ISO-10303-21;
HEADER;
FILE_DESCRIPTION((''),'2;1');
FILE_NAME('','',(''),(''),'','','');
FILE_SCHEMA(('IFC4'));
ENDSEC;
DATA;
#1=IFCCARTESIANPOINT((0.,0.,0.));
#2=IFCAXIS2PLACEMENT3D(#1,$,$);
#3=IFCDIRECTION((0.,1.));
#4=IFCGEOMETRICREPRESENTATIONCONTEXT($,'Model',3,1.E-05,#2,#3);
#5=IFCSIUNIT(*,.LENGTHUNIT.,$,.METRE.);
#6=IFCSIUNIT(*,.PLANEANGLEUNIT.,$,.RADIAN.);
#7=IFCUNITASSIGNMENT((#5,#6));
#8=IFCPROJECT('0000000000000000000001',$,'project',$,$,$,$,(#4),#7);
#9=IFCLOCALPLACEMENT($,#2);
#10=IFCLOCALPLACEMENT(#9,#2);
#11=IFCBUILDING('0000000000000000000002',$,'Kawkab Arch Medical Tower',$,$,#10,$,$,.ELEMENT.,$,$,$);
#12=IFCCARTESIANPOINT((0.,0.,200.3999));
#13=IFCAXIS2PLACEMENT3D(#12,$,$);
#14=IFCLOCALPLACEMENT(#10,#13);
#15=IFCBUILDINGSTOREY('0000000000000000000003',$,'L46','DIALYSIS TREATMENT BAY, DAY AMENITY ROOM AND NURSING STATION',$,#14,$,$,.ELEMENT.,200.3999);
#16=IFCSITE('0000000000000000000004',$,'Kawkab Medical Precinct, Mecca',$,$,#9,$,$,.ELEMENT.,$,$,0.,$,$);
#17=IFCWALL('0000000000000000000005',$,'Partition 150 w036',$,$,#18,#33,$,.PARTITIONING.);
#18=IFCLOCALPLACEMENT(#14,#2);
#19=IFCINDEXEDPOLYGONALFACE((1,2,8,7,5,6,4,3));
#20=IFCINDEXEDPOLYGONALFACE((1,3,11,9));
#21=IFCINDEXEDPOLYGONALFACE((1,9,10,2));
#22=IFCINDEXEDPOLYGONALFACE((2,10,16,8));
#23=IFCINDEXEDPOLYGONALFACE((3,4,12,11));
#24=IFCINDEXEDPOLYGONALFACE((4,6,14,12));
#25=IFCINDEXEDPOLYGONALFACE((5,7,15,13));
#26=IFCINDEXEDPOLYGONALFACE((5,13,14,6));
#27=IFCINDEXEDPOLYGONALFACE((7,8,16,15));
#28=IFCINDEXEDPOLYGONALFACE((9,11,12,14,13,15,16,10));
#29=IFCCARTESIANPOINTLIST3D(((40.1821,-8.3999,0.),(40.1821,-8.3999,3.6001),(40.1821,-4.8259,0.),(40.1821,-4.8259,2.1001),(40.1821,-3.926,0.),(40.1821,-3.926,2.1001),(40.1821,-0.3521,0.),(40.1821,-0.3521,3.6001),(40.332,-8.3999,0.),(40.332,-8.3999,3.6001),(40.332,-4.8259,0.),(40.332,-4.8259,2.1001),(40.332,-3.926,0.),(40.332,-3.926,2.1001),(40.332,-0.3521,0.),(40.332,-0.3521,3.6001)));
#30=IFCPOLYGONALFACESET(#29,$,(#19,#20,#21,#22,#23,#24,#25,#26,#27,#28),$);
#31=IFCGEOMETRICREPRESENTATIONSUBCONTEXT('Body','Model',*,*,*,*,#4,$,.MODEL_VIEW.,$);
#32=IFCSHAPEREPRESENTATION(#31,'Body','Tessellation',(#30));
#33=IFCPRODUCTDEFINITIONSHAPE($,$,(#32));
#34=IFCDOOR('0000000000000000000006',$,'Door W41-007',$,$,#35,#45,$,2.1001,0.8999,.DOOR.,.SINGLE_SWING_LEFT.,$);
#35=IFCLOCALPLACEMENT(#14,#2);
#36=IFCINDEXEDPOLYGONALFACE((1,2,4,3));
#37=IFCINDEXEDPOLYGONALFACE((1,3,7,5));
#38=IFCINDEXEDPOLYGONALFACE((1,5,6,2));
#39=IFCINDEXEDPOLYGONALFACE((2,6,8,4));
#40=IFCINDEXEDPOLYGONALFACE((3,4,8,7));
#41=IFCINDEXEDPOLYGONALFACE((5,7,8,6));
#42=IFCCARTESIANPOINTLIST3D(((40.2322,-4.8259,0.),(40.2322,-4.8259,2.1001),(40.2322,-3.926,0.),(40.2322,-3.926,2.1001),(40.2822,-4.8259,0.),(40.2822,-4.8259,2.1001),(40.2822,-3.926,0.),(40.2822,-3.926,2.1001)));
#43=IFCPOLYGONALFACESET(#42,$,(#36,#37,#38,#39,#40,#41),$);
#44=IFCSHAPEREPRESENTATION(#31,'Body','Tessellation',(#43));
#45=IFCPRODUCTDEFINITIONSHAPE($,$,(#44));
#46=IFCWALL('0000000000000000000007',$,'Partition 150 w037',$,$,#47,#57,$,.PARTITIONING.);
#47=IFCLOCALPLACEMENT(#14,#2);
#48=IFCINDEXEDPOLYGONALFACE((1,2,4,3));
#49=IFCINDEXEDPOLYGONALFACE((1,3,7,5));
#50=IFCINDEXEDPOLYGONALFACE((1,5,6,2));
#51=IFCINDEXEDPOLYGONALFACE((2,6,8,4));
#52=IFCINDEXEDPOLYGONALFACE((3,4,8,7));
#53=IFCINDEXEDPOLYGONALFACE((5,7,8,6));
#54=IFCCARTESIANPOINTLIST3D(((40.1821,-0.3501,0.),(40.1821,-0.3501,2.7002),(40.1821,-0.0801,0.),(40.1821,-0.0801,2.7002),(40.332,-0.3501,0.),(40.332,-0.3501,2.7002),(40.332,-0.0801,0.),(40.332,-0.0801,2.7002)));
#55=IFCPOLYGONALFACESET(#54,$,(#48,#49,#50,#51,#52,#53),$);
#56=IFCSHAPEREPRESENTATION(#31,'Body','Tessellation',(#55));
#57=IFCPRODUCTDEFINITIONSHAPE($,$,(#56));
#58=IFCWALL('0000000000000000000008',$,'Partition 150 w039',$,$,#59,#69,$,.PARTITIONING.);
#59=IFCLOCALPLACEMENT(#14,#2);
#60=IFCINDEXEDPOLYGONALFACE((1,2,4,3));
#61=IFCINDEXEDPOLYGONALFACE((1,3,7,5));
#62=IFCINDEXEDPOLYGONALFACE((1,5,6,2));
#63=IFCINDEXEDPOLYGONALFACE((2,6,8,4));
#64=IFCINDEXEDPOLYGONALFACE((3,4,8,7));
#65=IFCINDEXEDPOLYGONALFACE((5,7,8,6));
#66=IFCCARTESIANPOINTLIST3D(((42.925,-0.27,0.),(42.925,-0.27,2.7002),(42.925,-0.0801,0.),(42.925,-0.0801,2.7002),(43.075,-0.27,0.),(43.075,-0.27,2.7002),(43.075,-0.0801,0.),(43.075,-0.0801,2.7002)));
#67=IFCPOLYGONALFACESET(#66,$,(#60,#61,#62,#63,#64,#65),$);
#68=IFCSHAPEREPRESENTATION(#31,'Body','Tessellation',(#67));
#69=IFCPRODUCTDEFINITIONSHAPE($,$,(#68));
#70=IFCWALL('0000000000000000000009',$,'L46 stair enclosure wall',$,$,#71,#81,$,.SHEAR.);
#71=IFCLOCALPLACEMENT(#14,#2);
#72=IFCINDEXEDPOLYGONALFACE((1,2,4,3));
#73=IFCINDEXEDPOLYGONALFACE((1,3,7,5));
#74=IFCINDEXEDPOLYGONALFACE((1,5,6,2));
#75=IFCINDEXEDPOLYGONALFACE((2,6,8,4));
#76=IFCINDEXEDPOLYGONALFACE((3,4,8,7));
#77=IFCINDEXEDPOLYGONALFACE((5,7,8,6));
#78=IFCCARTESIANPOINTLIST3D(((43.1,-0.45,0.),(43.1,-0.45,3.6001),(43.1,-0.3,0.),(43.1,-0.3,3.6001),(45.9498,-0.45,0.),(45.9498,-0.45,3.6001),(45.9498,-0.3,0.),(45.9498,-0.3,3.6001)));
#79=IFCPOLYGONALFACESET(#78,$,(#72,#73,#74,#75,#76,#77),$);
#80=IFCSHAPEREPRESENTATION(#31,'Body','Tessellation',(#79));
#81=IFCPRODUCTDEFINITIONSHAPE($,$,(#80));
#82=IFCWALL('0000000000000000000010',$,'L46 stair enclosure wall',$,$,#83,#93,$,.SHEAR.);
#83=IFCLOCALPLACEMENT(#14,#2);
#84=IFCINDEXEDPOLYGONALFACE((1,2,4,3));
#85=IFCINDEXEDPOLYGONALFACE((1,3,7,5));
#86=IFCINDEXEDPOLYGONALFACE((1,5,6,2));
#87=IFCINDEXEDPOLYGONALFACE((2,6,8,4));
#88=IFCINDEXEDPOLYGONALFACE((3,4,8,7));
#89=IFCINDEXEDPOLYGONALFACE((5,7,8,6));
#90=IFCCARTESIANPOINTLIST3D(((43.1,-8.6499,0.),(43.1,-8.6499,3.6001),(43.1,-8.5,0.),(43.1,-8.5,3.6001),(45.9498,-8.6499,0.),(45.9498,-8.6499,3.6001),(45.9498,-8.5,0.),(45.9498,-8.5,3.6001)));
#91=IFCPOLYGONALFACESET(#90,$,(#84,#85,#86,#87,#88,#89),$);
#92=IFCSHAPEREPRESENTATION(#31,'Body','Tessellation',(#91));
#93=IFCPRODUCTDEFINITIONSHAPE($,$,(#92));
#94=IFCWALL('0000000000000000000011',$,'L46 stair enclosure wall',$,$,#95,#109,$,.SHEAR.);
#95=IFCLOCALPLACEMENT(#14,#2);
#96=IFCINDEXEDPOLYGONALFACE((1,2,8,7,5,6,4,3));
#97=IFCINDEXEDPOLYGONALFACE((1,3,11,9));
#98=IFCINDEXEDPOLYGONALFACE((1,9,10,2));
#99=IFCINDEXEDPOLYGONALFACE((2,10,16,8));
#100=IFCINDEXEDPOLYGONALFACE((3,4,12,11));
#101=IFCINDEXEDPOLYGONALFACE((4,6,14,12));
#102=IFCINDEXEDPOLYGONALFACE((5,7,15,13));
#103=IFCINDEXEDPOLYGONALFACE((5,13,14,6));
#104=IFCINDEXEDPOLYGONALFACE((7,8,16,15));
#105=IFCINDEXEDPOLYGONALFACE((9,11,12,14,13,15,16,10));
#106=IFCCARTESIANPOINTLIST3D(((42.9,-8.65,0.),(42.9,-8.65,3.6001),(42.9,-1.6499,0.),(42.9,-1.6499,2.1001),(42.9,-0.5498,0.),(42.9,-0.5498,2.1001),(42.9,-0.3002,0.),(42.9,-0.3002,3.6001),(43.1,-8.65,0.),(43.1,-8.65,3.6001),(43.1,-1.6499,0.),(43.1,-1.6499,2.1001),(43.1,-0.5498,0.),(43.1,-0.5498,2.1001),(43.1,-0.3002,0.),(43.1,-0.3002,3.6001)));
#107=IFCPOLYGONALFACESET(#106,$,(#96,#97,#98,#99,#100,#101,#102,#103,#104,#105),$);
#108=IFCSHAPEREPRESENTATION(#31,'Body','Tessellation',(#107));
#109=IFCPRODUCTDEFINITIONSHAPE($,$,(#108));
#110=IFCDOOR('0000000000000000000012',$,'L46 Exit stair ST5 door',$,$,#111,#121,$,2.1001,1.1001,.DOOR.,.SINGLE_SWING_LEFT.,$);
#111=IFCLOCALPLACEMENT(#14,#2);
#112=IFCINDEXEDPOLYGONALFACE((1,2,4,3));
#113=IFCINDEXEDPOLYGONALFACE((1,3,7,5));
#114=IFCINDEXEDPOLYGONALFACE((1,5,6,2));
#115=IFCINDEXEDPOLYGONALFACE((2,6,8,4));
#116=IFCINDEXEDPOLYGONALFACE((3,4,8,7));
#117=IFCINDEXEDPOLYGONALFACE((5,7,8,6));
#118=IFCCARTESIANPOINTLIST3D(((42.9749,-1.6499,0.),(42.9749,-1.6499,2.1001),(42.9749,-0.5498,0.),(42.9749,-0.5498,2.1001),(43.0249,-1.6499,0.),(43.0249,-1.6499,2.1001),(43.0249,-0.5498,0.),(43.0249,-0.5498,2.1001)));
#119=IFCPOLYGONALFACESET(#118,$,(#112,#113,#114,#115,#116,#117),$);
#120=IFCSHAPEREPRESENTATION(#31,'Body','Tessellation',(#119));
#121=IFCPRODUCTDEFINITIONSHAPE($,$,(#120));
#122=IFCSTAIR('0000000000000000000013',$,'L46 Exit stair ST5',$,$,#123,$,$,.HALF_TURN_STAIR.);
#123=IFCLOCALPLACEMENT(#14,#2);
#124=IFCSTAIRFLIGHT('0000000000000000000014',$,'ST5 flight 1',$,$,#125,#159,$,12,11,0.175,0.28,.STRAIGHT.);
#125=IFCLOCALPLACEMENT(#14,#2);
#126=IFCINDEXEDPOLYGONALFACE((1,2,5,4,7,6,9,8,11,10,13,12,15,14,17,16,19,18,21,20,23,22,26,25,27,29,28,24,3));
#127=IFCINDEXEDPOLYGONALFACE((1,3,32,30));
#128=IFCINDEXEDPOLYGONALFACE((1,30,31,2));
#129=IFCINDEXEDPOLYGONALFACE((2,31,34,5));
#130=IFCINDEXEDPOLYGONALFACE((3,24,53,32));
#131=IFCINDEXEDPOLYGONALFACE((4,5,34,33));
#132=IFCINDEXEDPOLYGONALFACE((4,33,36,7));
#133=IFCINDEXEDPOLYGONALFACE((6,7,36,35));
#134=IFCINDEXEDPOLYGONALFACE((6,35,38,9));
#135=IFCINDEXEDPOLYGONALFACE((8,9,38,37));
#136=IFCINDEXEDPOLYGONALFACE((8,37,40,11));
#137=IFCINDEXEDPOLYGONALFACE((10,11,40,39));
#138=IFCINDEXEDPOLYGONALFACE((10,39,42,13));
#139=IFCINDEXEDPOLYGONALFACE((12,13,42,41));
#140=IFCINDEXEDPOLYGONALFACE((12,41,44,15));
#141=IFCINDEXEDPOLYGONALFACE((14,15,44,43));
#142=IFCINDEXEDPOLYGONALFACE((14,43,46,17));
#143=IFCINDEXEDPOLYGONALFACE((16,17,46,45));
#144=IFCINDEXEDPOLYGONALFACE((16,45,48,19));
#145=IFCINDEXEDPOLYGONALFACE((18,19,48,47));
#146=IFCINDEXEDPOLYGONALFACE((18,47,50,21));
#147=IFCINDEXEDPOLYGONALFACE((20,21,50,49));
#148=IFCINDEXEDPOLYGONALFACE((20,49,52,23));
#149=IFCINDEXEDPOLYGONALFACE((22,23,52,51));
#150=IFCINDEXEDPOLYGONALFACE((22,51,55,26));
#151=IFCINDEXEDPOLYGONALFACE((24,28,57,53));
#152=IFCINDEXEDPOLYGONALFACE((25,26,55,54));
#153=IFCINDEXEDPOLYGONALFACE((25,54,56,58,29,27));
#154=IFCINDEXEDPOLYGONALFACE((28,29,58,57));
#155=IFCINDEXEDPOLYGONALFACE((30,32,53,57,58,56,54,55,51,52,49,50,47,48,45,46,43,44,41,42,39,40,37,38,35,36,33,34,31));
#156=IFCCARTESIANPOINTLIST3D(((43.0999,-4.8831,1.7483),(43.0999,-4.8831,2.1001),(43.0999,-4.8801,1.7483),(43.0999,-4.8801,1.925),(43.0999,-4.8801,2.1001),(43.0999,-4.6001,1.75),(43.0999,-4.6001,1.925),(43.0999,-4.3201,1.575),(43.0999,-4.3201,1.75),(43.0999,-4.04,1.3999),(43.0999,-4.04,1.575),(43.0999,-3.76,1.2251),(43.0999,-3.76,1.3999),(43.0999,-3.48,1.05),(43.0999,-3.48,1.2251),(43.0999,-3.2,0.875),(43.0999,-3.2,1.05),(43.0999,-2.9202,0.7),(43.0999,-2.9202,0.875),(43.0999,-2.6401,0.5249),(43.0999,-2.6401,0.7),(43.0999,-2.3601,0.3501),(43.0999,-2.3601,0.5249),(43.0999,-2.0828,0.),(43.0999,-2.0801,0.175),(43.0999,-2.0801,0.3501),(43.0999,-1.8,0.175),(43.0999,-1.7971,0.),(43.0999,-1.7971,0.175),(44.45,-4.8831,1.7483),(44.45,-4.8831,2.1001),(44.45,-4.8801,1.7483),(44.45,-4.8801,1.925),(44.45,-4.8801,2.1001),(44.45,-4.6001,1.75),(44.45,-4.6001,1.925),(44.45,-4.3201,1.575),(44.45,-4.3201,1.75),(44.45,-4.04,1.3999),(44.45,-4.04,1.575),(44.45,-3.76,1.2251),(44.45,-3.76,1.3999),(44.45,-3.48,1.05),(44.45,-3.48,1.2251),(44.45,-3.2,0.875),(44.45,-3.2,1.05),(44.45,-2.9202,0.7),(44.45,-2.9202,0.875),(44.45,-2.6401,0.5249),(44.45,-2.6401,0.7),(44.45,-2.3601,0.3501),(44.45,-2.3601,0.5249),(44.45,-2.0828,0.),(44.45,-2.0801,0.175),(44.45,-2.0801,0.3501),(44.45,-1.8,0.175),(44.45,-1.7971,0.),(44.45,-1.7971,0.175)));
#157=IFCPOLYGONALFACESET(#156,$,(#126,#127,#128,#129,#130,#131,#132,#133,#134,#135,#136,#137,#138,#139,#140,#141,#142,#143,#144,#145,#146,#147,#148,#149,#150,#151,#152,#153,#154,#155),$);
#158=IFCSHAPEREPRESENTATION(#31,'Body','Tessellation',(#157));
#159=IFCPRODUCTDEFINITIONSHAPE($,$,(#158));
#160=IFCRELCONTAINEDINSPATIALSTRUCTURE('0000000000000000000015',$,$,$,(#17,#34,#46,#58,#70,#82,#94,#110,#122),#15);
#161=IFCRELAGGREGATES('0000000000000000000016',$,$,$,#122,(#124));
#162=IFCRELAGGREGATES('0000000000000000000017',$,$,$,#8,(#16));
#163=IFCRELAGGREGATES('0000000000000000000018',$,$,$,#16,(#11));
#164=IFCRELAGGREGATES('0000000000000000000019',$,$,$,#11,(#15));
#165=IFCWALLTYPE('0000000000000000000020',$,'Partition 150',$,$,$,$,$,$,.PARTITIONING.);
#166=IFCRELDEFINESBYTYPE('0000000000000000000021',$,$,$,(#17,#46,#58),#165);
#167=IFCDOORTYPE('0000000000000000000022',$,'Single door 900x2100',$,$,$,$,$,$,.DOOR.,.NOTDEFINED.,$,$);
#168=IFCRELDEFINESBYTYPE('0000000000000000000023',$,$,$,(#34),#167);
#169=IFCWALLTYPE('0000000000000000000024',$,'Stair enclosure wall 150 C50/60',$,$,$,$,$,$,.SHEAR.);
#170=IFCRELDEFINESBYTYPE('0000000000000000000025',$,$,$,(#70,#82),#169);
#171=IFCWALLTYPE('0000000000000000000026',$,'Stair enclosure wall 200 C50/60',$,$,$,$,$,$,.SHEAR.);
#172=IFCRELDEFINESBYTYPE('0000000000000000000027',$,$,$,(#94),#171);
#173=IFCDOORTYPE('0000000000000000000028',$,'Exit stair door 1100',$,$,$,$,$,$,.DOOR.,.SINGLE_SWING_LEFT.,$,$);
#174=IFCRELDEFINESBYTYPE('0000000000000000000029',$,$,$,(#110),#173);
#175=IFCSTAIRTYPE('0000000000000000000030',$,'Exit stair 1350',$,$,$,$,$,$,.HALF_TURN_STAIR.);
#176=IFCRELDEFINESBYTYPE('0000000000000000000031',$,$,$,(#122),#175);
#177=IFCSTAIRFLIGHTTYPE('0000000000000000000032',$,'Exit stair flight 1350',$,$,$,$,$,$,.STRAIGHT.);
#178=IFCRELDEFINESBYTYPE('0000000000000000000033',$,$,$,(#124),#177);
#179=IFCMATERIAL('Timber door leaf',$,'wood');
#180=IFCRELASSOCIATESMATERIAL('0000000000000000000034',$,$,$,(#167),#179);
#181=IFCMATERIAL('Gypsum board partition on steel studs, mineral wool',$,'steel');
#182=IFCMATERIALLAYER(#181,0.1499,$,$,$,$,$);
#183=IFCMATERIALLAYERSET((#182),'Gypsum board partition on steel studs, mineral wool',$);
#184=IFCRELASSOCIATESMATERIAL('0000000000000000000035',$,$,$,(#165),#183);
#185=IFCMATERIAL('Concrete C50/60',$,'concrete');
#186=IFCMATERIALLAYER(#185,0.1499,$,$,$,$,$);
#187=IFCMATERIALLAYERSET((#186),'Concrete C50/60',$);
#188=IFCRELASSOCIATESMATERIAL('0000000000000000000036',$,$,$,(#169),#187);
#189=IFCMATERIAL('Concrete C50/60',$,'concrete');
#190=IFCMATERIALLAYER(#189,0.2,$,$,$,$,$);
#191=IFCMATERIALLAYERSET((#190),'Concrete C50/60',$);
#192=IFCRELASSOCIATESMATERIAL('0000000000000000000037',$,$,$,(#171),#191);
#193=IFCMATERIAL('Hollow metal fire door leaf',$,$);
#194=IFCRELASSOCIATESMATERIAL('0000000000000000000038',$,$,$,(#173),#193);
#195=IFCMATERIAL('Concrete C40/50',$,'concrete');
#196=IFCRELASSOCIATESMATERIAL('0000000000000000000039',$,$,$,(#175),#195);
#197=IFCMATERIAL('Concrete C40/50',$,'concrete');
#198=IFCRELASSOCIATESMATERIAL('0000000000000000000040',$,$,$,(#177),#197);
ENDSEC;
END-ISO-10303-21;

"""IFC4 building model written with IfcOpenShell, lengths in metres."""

from ifc_helpers import new_model, si_unit, direction, frame, frame_2d, origin, place, context, subcontext, project, spatial, polyline, rectangle, outline, extrude, material, layer, layer_set, type_object, element, fill, aggregate, save


model = new_model("IFC4")

# Units and contexts
model_context = context("Model", 3, precision=1e-05, world=origin(), true_north=direction((0.0, 1.0)))
body_context = subcontext(model_context, "Body", "Model", "MODEL_VIEW")
ifc_project = project(units=[si_unit("LENGTHUNIT", "METRE"), si_unit("PLANEANGLEUNIT", "RADIAN")], contexts=[model_context])

# Site, building, storey
site_placement = place(None, origin())
site = spatial("IfcSite", under=ifc_project, at=site_placement, Name="Kawkab Medical Precinct, Mecca", CompositionType="ELEMENT", RefElevation=0.0)
building_placement = place(site_placement, origin())
building = spatial("IfcBuilding", under=site, at=building_placement, Name="Kawkab Arch Medical Tower", CompositionType="ELEMENT")
storey_placement = place(building_placement, frame((0.0, 0.0, 200.3999)))
storey = spatial("IfcBuildingStorey", under=building, at=storey_placement, Name="L46", Description="DIALYSIS TREATMENT BAY, DAY AMENITY ROOM AND NURSING STATION", CompositionType="ELEMENT", Elevation=200.3999)

# Shared definitions
placement = place(storey_placement, origin())

# Shared definitions
ifc_material_1 = material(Name="Timber door leaf", Category="wood")
door_type_1 = type_object("IfcDoorType", Name="Single door 900x2100", OperationType="NOTDEFINED", PredefinedType="DOOR", material=ifc_material_1)

# Shared definitions
ifc_material_2 = material(Name="Gypsum board partition on steel studs, mineral wool", Category="steel")
ifc_layer_1 = layer(ifc_material_2, 0.1499)
ifc_layer_set_1 = layer_set([ifc_layer_1], Name="Gypsum board partition on steel studs, mineral wool")
wall_type_1 = type_object("IfcWallType", Name="Partition 150", PredefinedType="PARTITIONING", material=ifc_layer_set_1)

# Wall, opening, door
wall_1_placement = place(storey_placement, frame((40.2571, -8.3999, 0.0), z_axis=(0.0, 0.0, 1.0), x_axis=(0.0, 1.0, 0.0)))
wall_1 = element("IfcWall", 1, at=wall_1_placement, inside=storey, type_object=wall_type_1, Name="Partition 150 w036", PredefinedType="PARTITIONING", context=body_context, shape_type="SweptSolid", body=[
    extrude(rectangle(XDim=8.0479, YDim=0.1499, at=frame_2d((4.0239, 0.0))), origin(), (0.0, 0.0, 1.0), 3.6001),
])
opening_1_placement = place(wall_1_placement, frame((3.574, 0.0, 0.0)))
opening_1 = element("IfcOpeningElement", 2, at=opening_1_placement, cuts=wall_1, PredefinedType="OPENING", context=body_context, shape_type="SweptSolid", body=[
    extrude(rectangle(XDim=0.8999, YDim=2.1001, at=frame_2d((0.45, 1.05))), frame((0.0, 0.085, 0.0), z_axis=(0.0, -1.0, 0.0), x_axis=(1.0, 0.0, 0.0)), (0.0, 0.0, 1.0), 0.1699),
])
door_1_placement = place(opening_1_placement, origin())
door_1 = element("IfcDoor", 3, at=door_1_placement, inside=storey, type_object=door_type_1, Name="Door W41-007", OperationType="SINGLE_SWING_LEFT", OverallHeight=2.1001, OverallWidth=0.8999, PredefinedType="DOOR", context=body_context, shape_type="SweptSolid", body=[
    extrude(rectangle(XDim=0.8999, YDim=2.1001, at=frame_2d((0.45, 1.05))), frame((0.0, 0.0249, 0.0), z_axis=(0.0, -1.0, 0.0), x_axis=(1.0, 0.0, 0.0)), (0.0, 0.0, 1.0), 0.05),
])
fill(opening_1, door_1)

# Walls
wall_2_placement = place(storey_placement, frame((40.2571, -0.3501, 0.0), z_axis=(0.0, 0.0, 1.0), x_axis=(0.0, 1.0, 0.0)))
element("IfcWall", 4, at=wall_2_placement, inside=storey, type_object=wall_type_1, Name="Partition 150 w037", PredefinedType="PARTITIONING", context=body_context, shape_type="SweptSolid", body=[
    extrude(rectangle(XDim=0.27, YDim=0.1499, at=frame_2d((0.135, 0.0))), origin(), (0.0, 0.0, 1.0), 2.7002),
])
wall_3_placement = place(storey_placement, frame((43.0, -0.27, 0.0), z_axis=(0.0, 0.0, 1.0), x_axis=(0.0, 1.0, 0.0)))
element("IfcWall", 5, at=wall_3_placement, inside=storey, type_object=wall_type_1, Name="Partition 150 w039", PredefinedType="PARTITIONING", context=body_context, shape_type="SweptSolid", body=[
    extrude(rectangle(XDim=0.1899, YDim=0.1499, at=frame_2d((0.095, 0.0))), origin(), (0.0, 0.0, 1.0), 2.7002),
])
ifc_material_3 = material(Name="Concrete C50/60", Category="concrete")
ifc_layer_2 = layer(ifc_material_3, 0.1499)
ifc_layer_set_2 = layer_set([ifc_layer_2], Name="Concrete C50/60")
wall_type_2 = type_object("IfcWallType", Name="Stair enclosure wall 150 C50/60", PredefinedType="SHEAR", material=ifc_layer_set_2)
for number, where, z_axis, x_axis, name in (
    (6, (43.1001, -0.375, 0.0), (0.0, 0.0, 1.0), (1.0, 0.0, 0.0), "L46 stair enclosure wall"),
    (7, (43.1001, -8.575, 0.0), (0.0, 0.0, 1.0), (1.0, 0.0, 0.0), "L46 stair enclosure wall"),
):
    element("IfcWall", number, at=place(storey_placement, frame(where, z_axis=z_axis, x_axis=x_axis)), inside=storey, type_object=wall_type_2, Name=name, PredefinedType="SHEAR", context=body_context, shape_type="SweptSolid", body=[
        extrude(rectangle(XDim=2.8499, YDim=0.1499, at=frame_2d((1.4248, 0.0))), origin(), (0.0, 0.0, 1.0), 3.6001),
    ])

# Wall, opening, door
ifc_material_4 = material(Name="Concrete C50/60", Category="concrete")
ifc_layer_3 = layer(ifc_material_4, 0.2)
ifc_layer_set_3 = layer_set([ifc_layer_3], Name="Concrete C50/60")
wall_type_3 = type_object("IfcWallType", Name="Stair enclosure wall 200 C50/60", PredefinedType="SHEAR", material=ifc_layer_set_3)
wall_4_placement = place(storey_placement, frame((43.0, -8.6499, 0.0), z_axis=(0.0, 0.0, 1.0), x_axis=(0.0, 1.0, 0.0)))
wall_4 = element("IfcWall", 8, at=wall_4_placement, inside=storey, type_object=wall_type_3, Name="L46 stair enclosure wall", PredefinedType="SHEAR", context=body_context, shape_type="SweptSolid", body=[
    extrude(rectangle(XDim=8.3499, YDim=0.2, at=frame_2d((4.1748, 0.0))), origin(), (0.0, 0.0, 1.0), 3.6001),
])
opening_2_placement = place(wall_4_placement, frame((7.0, 0.0, 0.0)))
opening_2 = element("IfcOpeningElement", 9, at=opening_2_placement, cuts=wall_4, PredefinedType="OPENING", context=body_context, shape_type="SweptSolid", body=[
    extrude(rectangle(XDim=1.1001, YDim=2.1001, at=frame_2d((0.55, 1.05))), frame((0.0, 0.1099, 0.0), z_axis=(0.0, -1.0, 0.0), x_axis=(1.0, 0.0, 0.0)), (0.0, 0.0, 1.0), 0.22),
])
ifc_material_5 = material(Name="Hollow metal fire door leaf")
door_type_2 = type_object("IfcDoorType", Name="Exit stair door 1100", OperationType="SINGLE_SWING_LEFT", PredefinedType="DOOR", material=ifc_material_5)
door_2_placement = place(opening_2_placement, frame((1.1001, 0.0, 0.0), z_axis=(0.0, 0.0, 1.0), x_axis=(-1.0, 0.0, 0.0)))
door_2 = element("IfcDoor", 10, at=door_2_placement, inside=storey, type_object=door_type_2, Name="L46 Exit stair ST5 door", OperationType="SINGLE_SWING_LEFT", OverallHeight=2.1001, OverallWidth=1.1001, PredefinedType="DOOR", context=body_context, shape_type="SweptSolid", body=[
    extrude(rectangle(XDim=1.1001, YDim=2.1001, at=frame_2d((0.55, 1.05))), frame((0.0, 0.0249, 0.0), z_axis=(0.0, -1.0, 0.0), x_axis=(1.0, 0.0, 0.0)), (0.0, 0.0, 1.0), 0.05),
])
fill(opening_2, door_2)

# Stair, stair flight
ifc_material_6 = material(Name="Concrete C40/50", Category="concrete")
stair_type = type_object("IfcStairType", Name="Exit stair 1350", PredefinedType="HALF_TURN_STAIR", material=ifc_material_6)
stair = element("IfcStair", 11, at=placement, inside=storey, type_object=stair_type, Name="L46 Exit stair ST5", PredefinedType="HALF_TURN_STAIR")
ifc_material_7 = material(Name="Concrete C40/50", Category="concrete")
stair_flight_type = type_object("IfcStairFlightType", Name="Exit stair flight 1350", PredefinedType="STRAIGHT", material=ifc_material_7)
stair_flight_1_placement = place(storey_placement, frame((43.7749, -1.8, 0.0), z_axis=(0.0, 0.0, 1.0), x_axis=(0.0, -1.0, 0.0)))
stair_flight_1 = element("IfcStairFlight", 12, at=stair_flight_1_placement, type_object=stair_flight_type, Name="ST5 flight 1", NumberOfRisers=12, NumberOfTreads=11, PredefinedType="STRAIGHT", RiserHeight=0.175, TreadLength=0.28, context=body_context, shape_type="SweptSolid", body=[
    extrude(outline(polyline([(-0.0029, 0.0), (-0.0029, 0.175), (0.0, 0.175), (0.28, 0.175), (0.28, 0.3501), (0.5601, 0.3501), (0.5601, 0.5249), (0.8401, 0.5249), (0.8401, 0.7), (1.1201, 0.7), (1.1201, 0.875), (1.3999, 0.875), (1.3999, 1.05), (1.6799, 1.05), (1.6799, 1.2251), (1.96, 1.2251), (1.96, 1.3999), (2.24, 1.3999), (2.24, 1.575), (2.52, 1.575), (2.52, 1.75), (2.8, 1.75), (2.8, 1.925), (3.0801, 1.925), (3.0801, 2.1001), (3.083, 2.1001), (3.083, 1.7483), (3.0801, 1.7483), (0.2827, 0.0), (-0.0029, 0.0)])), frame((0.0, 0.675, 0.0), z_axis=(0.0, -1.0, 0.0), x_axis=(1.0, 0.0, 0.0)), (0.0, 0.0, 1.0), 1.3501),
])
aggregate(stair, [stair_flight_1])

save(model, "model.ifc")
